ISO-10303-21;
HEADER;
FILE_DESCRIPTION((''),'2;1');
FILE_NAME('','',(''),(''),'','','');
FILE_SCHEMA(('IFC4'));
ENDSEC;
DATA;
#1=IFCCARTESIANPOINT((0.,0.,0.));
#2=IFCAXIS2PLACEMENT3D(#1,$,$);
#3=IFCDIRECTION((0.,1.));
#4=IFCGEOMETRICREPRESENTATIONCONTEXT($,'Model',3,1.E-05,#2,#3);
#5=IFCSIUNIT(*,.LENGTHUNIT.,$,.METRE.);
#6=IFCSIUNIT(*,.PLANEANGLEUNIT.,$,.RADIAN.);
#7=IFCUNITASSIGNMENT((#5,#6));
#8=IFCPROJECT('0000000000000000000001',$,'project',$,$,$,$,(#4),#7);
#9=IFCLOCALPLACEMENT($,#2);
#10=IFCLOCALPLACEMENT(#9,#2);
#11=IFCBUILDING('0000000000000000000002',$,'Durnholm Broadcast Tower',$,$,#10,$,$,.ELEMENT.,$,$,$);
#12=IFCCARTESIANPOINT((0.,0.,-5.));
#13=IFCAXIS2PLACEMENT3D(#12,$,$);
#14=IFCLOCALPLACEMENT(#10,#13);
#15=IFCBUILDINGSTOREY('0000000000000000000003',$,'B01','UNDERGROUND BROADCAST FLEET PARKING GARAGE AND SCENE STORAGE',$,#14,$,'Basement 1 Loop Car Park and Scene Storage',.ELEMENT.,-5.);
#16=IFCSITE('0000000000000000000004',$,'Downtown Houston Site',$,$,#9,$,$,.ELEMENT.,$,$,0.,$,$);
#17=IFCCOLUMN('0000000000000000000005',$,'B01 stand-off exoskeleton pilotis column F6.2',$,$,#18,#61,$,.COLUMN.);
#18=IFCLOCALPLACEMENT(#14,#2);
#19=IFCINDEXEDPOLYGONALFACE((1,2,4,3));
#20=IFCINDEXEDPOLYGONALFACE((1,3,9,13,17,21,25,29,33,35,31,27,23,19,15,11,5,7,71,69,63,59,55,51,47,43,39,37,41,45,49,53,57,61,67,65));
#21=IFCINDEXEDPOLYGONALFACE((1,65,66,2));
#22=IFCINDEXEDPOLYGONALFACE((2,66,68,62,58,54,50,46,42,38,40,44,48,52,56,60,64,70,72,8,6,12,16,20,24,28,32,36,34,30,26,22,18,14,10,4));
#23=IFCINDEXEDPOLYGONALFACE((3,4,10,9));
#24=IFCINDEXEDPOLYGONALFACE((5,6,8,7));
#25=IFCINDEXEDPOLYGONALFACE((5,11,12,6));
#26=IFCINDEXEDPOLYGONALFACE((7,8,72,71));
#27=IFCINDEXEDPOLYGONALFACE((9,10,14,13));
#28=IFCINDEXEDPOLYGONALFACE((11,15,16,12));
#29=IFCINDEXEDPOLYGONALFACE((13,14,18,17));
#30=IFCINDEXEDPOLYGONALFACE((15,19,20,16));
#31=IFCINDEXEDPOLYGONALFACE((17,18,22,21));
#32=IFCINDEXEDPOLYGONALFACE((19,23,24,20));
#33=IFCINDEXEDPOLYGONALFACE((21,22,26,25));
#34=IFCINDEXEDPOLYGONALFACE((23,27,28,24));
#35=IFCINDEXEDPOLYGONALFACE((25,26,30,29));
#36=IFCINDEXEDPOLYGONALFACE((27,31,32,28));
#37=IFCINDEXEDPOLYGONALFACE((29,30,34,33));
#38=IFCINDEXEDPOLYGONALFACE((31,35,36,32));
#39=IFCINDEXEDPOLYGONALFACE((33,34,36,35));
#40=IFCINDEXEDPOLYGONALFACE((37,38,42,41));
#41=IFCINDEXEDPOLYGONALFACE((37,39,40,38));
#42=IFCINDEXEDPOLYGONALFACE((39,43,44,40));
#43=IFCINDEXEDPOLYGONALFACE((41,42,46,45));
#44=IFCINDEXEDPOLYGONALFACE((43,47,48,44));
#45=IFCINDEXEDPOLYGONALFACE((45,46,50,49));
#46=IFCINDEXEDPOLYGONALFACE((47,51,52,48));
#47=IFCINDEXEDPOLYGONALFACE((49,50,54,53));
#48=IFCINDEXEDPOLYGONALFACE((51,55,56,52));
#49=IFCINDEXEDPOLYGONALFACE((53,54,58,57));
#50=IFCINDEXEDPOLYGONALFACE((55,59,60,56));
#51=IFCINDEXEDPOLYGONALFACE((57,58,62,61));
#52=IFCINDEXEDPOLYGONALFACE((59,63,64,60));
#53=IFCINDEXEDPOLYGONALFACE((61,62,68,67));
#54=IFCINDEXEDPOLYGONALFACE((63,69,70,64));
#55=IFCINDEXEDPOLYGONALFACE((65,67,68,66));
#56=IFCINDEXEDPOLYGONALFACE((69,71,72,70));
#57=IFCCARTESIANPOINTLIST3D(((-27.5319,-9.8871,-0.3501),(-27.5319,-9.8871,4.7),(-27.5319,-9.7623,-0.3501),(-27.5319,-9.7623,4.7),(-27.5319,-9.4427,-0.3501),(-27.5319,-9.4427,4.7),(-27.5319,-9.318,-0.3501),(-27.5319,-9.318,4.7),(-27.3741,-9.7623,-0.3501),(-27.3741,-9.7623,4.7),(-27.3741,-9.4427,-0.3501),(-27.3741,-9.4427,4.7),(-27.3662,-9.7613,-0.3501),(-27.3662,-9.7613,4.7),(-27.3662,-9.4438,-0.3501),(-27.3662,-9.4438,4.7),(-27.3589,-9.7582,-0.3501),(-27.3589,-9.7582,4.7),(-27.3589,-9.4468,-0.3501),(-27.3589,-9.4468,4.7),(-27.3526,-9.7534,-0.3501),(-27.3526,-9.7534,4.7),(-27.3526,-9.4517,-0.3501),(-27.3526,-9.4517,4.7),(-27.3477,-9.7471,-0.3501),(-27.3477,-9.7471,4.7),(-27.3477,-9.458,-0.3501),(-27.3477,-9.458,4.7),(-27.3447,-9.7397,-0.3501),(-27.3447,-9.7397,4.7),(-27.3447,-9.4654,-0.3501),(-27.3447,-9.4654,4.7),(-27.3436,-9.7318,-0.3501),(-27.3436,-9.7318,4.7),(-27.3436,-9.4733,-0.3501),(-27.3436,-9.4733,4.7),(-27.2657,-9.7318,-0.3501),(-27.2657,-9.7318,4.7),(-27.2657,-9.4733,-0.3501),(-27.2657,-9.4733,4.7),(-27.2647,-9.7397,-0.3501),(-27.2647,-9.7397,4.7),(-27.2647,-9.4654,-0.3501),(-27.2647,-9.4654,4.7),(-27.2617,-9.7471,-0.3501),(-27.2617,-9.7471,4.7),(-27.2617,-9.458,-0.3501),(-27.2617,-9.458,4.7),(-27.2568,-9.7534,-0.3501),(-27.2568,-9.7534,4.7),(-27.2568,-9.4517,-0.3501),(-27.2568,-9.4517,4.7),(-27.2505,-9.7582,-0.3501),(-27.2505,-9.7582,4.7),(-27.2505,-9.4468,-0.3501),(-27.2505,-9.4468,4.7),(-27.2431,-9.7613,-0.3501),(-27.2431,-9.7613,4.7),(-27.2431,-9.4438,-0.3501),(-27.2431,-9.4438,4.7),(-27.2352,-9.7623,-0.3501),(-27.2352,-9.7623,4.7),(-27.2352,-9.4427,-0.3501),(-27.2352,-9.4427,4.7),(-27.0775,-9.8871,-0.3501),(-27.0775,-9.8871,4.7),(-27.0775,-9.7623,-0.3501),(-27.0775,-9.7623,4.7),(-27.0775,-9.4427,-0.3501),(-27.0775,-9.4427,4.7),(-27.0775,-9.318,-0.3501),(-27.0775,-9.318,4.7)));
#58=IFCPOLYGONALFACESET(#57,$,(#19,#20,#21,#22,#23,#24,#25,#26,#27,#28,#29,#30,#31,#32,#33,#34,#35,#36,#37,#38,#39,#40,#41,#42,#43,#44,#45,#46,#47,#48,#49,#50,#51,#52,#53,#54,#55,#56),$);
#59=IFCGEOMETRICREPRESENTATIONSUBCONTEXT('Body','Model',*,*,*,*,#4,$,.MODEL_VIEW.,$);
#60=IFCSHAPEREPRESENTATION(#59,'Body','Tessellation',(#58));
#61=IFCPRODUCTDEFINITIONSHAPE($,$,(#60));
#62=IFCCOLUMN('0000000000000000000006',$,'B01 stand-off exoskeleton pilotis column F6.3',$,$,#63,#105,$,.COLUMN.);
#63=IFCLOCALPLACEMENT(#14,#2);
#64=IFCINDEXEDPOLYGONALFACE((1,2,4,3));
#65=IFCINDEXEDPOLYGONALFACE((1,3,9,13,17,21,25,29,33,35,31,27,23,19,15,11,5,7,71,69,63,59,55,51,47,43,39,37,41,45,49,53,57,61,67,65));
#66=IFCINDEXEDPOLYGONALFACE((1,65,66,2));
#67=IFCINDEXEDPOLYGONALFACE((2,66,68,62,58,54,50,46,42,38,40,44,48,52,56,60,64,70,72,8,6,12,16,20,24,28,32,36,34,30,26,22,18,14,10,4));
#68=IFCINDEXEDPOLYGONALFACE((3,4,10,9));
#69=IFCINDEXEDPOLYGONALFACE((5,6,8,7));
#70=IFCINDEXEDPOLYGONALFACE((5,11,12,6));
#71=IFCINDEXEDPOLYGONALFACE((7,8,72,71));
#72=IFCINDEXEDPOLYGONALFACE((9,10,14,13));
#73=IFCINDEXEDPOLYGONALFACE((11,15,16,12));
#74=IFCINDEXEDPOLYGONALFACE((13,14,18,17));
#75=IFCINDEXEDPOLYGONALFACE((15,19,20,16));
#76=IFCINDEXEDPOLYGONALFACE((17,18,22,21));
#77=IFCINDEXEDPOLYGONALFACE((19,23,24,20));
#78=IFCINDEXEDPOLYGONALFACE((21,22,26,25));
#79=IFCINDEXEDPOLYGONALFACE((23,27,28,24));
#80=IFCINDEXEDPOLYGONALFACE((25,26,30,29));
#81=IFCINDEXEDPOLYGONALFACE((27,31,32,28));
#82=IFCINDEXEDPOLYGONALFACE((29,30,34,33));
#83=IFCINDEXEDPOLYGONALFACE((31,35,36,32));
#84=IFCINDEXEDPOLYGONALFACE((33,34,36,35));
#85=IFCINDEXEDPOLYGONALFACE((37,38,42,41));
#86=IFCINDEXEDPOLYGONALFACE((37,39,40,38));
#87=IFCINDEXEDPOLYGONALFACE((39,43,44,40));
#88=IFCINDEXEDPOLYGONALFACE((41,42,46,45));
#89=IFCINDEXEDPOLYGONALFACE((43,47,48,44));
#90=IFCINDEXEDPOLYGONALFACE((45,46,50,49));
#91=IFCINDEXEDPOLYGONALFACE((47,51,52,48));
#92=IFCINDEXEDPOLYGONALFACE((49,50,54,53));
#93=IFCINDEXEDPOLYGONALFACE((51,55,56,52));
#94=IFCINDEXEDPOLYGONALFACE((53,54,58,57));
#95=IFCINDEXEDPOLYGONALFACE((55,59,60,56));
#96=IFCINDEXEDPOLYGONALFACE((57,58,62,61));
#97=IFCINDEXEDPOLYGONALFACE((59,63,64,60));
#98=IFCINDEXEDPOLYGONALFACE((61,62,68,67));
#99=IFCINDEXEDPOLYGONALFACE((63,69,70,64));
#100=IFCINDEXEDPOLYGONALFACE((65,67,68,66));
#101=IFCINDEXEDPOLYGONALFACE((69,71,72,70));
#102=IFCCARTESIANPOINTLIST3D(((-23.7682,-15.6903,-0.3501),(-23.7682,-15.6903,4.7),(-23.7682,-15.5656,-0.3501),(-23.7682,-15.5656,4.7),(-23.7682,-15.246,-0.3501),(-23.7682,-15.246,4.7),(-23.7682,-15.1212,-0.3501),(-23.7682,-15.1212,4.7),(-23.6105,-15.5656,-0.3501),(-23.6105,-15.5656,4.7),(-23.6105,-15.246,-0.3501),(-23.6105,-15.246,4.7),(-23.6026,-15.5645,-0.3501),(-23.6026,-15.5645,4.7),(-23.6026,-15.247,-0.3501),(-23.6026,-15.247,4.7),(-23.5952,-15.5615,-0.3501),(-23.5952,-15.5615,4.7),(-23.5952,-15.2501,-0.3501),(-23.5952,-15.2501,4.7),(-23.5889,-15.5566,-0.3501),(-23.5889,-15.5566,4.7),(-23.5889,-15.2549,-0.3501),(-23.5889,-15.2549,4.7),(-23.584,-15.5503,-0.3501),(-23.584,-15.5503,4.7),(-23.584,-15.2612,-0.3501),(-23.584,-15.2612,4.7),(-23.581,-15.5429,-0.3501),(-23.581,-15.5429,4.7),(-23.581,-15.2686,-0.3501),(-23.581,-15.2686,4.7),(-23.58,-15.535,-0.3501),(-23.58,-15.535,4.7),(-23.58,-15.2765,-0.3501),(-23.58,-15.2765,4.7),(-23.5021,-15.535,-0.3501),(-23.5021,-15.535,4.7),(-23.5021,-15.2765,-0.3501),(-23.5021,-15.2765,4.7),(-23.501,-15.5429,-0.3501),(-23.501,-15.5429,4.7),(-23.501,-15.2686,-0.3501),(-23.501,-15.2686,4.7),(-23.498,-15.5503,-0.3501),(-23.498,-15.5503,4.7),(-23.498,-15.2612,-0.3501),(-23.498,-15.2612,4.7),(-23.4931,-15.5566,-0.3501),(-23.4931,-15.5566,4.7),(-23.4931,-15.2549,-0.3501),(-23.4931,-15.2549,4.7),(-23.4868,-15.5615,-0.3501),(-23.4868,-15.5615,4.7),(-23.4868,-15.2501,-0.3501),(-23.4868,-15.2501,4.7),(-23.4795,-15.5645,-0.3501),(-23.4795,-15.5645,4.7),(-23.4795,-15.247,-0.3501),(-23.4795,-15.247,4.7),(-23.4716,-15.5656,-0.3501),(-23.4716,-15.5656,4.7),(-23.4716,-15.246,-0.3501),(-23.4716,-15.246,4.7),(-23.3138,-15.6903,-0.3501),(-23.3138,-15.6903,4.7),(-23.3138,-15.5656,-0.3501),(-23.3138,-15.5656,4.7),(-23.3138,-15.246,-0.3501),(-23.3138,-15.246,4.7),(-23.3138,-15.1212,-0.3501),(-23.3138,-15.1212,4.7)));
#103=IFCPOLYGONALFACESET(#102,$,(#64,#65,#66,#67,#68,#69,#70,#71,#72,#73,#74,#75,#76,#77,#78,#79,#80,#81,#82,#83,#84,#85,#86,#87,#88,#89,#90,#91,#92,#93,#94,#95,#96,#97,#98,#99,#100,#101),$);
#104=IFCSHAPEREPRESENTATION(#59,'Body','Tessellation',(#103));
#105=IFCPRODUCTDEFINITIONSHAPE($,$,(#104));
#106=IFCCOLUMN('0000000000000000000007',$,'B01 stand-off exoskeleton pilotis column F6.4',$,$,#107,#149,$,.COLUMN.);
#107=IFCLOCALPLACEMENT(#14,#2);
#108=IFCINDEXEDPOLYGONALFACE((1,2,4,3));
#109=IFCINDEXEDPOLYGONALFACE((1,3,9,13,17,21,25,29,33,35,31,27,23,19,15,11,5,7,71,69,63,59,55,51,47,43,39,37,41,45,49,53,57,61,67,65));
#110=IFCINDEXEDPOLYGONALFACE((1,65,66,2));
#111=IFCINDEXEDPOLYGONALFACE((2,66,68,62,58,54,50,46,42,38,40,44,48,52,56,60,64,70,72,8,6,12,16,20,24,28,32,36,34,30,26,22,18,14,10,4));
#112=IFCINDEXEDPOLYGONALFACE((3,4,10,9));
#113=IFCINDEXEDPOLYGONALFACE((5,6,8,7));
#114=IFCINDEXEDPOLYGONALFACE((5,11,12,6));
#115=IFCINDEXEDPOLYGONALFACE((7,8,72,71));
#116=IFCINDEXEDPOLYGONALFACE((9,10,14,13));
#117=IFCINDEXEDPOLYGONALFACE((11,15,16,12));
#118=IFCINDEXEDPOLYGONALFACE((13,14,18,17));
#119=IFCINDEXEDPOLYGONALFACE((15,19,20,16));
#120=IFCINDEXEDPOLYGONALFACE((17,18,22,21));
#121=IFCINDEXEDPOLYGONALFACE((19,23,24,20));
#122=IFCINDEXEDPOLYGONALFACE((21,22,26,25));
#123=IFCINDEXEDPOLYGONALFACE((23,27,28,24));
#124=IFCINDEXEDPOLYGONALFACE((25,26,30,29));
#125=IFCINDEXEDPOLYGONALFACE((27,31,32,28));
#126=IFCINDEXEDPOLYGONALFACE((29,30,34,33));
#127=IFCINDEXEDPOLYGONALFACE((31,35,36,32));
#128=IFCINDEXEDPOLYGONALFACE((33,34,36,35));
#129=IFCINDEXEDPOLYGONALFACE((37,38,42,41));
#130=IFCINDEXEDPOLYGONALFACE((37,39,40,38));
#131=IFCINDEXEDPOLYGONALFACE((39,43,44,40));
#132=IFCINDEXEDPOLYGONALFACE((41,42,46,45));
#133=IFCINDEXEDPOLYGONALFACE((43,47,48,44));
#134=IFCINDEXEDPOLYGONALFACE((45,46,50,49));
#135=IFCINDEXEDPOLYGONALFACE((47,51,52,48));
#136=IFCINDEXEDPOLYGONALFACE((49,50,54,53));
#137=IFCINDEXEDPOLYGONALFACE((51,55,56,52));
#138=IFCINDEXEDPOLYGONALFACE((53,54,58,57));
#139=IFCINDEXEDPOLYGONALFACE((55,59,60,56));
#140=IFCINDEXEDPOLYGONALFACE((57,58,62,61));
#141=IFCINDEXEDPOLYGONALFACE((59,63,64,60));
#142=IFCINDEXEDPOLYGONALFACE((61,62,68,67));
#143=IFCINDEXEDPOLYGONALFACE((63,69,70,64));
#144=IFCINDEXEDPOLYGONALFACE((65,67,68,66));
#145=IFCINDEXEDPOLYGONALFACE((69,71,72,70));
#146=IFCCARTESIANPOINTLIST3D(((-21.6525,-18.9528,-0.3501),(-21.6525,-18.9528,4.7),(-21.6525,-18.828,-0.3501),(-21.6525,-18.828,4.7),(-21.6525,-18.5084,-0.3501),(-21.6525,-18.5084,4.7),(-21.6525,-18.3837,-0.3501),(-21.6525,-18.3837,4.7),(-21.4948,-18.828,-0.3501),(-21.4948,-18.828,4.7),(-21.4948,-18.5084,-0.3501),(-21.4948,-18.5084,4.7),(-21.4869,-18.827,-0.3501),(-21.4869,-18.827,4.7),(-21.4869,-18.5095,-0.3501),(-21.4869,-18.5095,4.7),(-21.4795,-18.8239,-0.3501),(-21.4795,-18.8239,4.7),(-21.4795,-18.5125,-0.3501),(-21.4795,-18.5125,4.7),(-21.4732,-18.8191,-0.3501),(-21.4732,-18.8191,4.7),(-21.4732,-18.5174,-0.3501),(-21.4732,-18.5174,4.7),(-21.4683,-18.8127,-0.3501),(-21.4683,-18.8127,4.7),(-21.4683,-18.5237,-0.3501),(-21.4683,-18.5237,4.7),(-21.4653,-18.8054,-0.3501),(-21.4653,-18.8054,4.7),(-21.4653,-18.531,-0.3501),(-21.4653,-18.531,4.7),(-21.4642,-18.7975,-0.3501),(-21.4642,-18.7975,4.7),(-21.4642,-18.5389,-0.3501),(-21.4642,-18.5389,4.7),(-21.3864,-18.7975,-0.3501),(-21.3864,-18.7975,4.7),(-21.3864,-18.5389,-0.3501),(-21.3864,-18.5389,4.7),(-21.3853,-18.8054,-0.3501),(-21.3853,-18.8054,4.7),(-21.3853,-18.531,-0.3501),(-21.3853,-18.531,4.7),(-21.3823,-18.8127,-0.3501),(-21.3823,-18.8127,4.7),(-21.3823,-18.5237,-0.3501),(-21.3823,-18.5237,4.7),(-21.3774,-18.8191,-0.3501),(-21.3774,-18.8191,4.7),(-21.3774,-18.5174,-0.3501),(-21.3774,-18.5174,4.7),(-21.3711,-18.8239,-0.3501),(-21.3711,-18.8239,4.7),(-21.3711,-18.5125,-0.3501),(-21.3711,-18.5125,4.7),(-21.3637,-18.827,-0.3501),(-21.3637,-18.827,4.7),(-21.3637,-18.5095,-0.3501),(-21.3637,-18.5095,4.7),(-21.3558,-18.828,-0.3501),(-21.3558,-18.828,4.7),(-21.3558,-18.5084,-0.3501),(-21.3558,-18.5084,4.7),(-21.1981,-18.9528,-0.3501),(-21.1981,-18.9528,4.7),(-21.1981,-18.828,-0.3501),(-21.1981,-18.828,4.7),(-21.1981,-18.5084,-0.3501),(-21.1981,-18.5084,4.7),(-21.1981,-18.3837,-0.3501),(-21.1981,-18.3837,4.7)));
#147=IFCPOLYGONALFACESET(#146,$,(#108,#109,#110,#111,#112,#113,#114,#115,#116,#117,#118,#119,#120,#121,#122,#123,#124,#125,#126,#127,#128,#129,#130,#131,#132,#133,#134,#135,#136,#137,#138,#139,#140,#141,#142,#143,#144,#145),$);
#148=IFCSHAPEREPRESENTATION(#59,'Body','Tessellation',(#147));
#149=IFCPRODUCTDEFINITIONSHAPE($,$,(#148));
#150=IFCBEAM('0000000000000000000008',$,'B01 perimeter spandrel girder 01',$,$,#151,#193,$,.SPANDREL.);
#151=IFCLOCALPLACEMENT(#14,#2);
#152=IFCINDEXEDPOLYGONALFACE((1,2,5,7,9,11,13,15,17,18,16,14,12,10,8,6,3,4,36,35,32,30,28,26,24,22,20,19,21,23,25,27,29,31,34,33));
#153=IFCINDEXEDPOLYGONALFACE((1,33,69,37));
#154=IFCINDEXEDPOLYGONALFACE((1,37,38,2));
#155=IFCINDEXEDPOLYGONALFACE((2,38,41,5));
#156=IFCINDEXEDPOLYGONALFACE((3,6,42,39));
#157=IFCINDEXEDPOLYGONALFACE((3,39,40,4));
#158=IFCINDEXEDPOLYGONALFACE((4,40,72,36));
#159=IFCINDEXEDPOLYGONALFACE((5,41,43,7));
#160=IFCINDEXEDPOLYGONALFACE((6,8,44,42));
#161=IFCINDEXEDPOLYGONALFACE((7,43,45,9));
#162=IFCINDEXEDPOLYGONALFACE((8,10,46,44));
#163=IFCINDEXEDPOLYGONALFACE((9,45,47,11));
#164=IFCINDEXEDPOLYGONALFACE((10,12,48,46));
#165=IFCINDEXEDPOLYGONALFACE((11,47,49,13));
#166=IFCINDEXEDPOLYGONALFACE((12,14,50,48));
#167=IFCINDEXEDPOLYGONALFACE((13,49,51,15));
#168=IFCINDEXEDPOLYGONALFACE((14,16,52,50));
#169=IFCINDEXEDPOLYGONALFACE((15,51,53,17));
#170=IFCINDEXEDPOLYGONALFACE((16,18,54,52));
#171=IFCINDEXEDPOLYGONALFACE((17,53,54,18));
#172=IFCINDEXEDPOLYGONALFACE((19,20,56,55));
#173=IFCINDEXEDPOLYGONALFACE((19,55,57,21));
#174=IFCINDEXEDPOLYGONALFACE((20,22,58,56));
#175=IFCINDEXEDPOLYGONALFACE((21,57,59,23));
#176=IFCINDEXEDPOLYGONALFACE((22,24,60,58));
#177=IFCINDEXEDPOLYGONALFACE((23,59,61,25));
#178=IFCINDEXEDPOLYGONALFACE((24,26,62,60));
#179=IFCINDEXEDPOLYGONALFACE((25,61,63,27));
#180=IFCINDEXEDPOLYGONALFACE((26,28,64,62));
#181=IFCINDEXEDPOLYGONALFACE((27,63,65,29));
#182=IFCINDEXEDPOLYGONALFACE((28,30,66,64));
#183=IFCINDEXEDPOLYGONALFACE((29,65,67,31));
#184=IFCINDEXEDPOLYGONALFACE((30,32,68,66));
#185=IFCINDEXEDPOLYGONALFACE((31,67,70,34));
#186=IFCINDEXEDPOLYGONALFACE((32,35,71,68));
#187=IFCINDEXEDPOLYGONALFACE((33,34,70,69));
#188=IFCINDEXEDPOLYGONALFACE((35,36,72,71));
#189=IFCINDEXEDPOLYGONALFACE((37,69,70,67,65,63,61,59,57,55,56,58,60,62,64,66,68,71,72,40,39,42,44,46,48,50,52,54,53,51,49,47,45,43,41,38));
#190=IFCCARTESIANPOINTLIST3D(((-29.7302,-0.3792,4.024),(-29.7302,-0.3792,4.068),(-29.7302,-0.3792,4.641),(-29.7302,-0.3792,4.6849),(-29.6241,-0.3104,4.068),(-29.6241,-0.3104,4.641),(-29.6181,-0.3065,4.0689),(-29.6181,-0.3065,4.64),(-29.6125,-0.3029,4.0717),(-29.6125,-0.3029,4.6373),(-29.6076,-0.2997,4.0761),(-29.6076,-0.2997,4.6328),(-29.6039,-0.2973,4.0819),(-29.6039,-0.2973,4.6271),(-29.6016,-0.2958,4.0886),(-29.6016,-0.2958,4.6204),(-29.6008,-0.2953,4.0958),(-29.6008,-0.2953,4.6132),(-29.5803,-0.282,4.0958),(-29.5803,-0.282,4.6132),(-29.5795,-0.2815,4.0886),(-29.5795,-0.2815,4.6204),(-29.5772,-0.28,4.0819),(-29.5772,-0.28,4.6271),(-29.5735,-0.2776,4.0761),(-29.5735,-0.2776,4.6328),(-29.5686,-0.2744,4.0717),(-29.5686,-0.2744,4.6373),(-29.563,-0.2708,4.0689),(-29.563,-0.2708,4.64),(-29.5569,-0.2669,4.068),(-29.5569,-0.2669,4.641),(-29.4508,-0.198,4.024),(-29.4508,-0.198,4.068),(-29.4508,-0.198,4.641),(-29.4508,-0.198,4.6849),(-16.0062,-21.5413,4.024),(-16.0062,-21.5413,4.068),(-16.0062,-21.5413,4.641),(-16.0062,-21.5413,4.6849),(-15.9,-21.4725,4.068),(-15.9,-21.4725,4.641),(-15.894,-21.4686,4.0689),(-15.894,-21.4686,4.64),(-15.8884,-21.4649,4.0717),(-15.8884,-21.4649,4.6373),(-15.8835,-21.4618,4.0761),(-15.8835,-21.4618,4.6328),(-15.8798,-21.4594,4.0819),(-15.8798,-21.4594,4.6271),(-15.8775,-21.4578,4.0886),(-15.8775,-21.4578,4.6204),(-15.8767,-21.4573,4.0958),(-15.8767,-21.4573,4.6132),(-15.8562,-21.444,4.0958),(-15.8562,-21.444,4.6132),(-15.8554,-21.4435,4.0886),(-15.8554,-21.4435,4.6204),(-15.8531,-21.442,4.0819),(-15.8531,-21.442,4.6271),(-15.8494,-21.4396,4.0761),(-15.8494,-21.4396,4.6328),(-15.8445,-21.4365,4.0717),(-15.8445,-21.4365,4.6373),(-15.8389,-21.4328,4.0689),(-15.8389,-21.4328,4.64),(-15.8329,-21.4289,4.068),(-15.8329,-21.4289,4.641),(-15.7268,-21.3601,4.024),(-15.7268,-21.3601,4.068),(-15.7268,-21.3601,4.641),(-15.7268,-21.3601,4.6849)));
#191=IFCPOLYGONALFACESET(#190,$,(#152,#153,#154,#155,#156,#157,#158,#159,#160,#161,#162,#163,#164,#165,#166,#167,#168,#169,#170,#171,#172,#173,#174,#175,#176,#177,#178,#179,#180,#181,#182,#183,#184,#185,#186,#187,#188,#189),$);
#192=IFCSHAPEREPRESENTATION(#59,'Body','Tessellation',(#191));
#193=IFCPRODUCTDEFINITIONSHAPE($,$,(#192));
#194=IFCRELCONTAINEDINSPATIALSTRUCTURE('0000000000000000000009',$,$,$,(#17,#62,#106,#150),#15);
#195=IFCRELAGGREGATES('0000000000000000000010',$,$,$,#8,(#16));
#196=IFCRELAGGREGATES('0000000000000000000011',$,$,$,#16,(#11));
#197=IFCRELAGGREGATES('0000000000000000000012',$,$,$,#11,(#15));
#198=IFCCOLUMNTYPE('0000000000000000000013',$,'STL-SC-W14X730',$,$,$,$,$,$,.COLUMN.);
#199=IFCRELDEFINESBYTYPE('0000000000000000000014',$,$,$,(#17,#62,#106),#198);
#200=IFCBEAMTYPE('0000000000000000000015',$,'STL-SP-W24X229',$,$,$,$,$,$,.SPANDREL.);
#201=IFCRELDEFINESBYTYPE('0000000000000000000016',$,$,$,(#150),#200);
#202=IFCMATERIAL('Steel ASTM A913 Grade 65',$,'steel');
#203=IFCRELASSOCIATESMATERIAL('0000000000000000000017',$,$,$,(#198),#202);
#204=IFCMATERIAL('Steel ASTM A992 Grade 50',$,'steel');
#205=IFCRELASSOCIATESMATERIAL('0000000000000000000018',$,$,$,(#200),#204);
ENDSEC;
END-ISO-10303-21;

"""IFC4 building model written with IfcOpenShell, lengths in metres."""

from ifc_helpers import new_model, si_unit, direction, frame, origin, origin_2d, place, context, subcontext, project, spatial, i_section, extrude, source, transform, mapped, material, material_profile, profile_set, type_object, type_shapes, element, save


model = new_model("IFC4")

# Units and contexts
model_context = context("Model", 3, precision=1e-05, world=origin(), true_north=direction((0.0, 1.0)))
body_context = subcontext(model_context, "Body", "Model", "MODEL_VIEW")
ifc_project = project(units=[si_unit("LENGTHUNIT", "METRE"), si_unit("PLANEANGLEUNIT", "RADIAN")], contexts=[model_context])

# Site, building, storey
site_placement = place(None, origin())
site = spatial("IfcSite", under=ifc_project, at=site_placement, Name="Downtown Houston Site", CompositionType="ELEMENT", RefElevation=0.0)
building_placement = place(site_placement, origin())
building = spatial("IfcBuilding", under=site, at=building_placement, Name="Durnholm Broadcast Tower", CompositionType="ELEMENT")
storey_placement = place(building_placement, frame((0.0, 0.0, -5.0)))
storey = spatial("IfcBuildingStorey", under=building, at=storey_placement, Name="B01", Description="UNDERGROUND BROADCAST FLEET PARKING GARAGE AND SCENE STORAGE", LongName="Basement 1 Loop Car Park and Scene Storage", CompositionType="ELEMENT", Elevation=-5.0)

# Columns
ifc_material_1 = material(Name="Steel ASTM A913 Grade 65", Category="steel")
ifc_material_profile_1 = material_profile(ifc_material_1, i_section(OverallWidth=0.4543, OverallDepth=0.5691, WebThickness=0.0779, FlangeThickness=0.1248, FilletRadius=0.0305, at=origin_2d()), Name="W14X730")
ifc_profile_set_1 = profile_set([ifc_material_profile_1], Name="Steel ASTM A913 Grade 65")
column_type = type_object("IfcColumnType", Name="STL-SC-W14X730", PredefinedType="COLUMN", material=ifc_profile_set_1)
shared_shape_1 = source(origin(), body_context, "Body", "SweptSolid", [
    extrude(i_section(OverallWidth=0.4543, OverallDepth=0.5691, WebThickness=0.0779, FlangeThickness=0.1248, FilletRadius=0.0305, at=origin_2d()), origin(), (0.0, 0.0, 1.0), 5.05),
])
type_shapes(column_type, [shared_shape_1])
for number, where, z_axis, x_axis, name in (
    (1, (-27.3047, -9.6025, -0.3501), (0.0, 0.0, 1.0), (1.0, 0.0, 0.0), "B01 stand-off exoskeleton pilotis column F6.2"),
    (2, (-23.541, -15.4058, -0.3501), (0.0, 0.0, 1.0), (1.0, 0.0, 0.0), "B01 stand-off exoskeleton pilotis column F6.3"),
    (3, (-21.4253, -18.6682, -0.3501), (0.0, 0.0, 1.0), (1.0, 0.0, 0.0), "B01 stand-off exoskeleton pilotis column F6.4"),
):
    element("IfcColumn", number, at=place(storey_placement, frame(where, z_axis=z_axis, x_axis=x_axis)), inside=storey, type_object=column_type, Name=name, PredefinedType="COLUMN", context=body_context, shape_type="MappedRepresentation", body=[
        mapped(shared_shape_1, transform((0.0, 0.0, 0.0), x_axis=(1.0, 0.0, 0.0), y_axis=(0.0, 1.0, 0.0), z_axis=(0.0, 0.0, 1.0), scale=1.0)),
    ])

# Beam
ifc_material_2 = material(Name="Steel ASTM A992 Grade 50", Category="steel")
ifc_material_profile_2 = material_profile(ifc_material_2, i_section(OverallWidth=0.333, OverallDepth=0.6609, WebThickness=0.0244, FlangeThickness=0.0439, FilletRadius=0.0278, at=origin_2d()), Name="W24X229")
ifc_profile_set_2 = profile_set([ifc_material_profile_2], Name="Steel ASTM A992 Grade 50")
beam_type_1 = type_object("IfcBeamType", Name="STL-SP-W24X229", PredefinedType="SPANDREL", material=ifc_profile_set_2)
shared_shape_2 = source(origin(), body_context, "Body", "SweptSolid", [
    extrude(i_section(OverallWidth=0.333, OverallDepth=0.6609, WebThickness=0.0244, FlangeThickness=0.0439, FilletRadius=0.0278, at=origin_2d()), origin(), (0.0, 0.0, 1.0), 25.2227),
])
beam_1_placement = place(storey_placement, frame((-15.8665, -21.4507, 4.3545), z_axis=(-0.544117, 0.839009, 0.0), x_axis=(-0.839009, -0.544117, 0.0)))
element("IfcBeam", 4, at=beam_1_placement, inside=storey, type_object=beam_type_1, Name="B01 perimeter spandrel girder 01", PredefinedType="SPANDREL", context=body_context, shape_type="MappedRepresentation", body=[
    mapped(shared_shape_2, transform((0.0, 0.0, 0.0), x_axis=(1.0, 0.0, 0.0), y_axis=(0.0, 1.0, 0.0), z_axis=(0.0, 0.0, 1.0), scale=1.0)),
])

save(model, "model.ifc")
